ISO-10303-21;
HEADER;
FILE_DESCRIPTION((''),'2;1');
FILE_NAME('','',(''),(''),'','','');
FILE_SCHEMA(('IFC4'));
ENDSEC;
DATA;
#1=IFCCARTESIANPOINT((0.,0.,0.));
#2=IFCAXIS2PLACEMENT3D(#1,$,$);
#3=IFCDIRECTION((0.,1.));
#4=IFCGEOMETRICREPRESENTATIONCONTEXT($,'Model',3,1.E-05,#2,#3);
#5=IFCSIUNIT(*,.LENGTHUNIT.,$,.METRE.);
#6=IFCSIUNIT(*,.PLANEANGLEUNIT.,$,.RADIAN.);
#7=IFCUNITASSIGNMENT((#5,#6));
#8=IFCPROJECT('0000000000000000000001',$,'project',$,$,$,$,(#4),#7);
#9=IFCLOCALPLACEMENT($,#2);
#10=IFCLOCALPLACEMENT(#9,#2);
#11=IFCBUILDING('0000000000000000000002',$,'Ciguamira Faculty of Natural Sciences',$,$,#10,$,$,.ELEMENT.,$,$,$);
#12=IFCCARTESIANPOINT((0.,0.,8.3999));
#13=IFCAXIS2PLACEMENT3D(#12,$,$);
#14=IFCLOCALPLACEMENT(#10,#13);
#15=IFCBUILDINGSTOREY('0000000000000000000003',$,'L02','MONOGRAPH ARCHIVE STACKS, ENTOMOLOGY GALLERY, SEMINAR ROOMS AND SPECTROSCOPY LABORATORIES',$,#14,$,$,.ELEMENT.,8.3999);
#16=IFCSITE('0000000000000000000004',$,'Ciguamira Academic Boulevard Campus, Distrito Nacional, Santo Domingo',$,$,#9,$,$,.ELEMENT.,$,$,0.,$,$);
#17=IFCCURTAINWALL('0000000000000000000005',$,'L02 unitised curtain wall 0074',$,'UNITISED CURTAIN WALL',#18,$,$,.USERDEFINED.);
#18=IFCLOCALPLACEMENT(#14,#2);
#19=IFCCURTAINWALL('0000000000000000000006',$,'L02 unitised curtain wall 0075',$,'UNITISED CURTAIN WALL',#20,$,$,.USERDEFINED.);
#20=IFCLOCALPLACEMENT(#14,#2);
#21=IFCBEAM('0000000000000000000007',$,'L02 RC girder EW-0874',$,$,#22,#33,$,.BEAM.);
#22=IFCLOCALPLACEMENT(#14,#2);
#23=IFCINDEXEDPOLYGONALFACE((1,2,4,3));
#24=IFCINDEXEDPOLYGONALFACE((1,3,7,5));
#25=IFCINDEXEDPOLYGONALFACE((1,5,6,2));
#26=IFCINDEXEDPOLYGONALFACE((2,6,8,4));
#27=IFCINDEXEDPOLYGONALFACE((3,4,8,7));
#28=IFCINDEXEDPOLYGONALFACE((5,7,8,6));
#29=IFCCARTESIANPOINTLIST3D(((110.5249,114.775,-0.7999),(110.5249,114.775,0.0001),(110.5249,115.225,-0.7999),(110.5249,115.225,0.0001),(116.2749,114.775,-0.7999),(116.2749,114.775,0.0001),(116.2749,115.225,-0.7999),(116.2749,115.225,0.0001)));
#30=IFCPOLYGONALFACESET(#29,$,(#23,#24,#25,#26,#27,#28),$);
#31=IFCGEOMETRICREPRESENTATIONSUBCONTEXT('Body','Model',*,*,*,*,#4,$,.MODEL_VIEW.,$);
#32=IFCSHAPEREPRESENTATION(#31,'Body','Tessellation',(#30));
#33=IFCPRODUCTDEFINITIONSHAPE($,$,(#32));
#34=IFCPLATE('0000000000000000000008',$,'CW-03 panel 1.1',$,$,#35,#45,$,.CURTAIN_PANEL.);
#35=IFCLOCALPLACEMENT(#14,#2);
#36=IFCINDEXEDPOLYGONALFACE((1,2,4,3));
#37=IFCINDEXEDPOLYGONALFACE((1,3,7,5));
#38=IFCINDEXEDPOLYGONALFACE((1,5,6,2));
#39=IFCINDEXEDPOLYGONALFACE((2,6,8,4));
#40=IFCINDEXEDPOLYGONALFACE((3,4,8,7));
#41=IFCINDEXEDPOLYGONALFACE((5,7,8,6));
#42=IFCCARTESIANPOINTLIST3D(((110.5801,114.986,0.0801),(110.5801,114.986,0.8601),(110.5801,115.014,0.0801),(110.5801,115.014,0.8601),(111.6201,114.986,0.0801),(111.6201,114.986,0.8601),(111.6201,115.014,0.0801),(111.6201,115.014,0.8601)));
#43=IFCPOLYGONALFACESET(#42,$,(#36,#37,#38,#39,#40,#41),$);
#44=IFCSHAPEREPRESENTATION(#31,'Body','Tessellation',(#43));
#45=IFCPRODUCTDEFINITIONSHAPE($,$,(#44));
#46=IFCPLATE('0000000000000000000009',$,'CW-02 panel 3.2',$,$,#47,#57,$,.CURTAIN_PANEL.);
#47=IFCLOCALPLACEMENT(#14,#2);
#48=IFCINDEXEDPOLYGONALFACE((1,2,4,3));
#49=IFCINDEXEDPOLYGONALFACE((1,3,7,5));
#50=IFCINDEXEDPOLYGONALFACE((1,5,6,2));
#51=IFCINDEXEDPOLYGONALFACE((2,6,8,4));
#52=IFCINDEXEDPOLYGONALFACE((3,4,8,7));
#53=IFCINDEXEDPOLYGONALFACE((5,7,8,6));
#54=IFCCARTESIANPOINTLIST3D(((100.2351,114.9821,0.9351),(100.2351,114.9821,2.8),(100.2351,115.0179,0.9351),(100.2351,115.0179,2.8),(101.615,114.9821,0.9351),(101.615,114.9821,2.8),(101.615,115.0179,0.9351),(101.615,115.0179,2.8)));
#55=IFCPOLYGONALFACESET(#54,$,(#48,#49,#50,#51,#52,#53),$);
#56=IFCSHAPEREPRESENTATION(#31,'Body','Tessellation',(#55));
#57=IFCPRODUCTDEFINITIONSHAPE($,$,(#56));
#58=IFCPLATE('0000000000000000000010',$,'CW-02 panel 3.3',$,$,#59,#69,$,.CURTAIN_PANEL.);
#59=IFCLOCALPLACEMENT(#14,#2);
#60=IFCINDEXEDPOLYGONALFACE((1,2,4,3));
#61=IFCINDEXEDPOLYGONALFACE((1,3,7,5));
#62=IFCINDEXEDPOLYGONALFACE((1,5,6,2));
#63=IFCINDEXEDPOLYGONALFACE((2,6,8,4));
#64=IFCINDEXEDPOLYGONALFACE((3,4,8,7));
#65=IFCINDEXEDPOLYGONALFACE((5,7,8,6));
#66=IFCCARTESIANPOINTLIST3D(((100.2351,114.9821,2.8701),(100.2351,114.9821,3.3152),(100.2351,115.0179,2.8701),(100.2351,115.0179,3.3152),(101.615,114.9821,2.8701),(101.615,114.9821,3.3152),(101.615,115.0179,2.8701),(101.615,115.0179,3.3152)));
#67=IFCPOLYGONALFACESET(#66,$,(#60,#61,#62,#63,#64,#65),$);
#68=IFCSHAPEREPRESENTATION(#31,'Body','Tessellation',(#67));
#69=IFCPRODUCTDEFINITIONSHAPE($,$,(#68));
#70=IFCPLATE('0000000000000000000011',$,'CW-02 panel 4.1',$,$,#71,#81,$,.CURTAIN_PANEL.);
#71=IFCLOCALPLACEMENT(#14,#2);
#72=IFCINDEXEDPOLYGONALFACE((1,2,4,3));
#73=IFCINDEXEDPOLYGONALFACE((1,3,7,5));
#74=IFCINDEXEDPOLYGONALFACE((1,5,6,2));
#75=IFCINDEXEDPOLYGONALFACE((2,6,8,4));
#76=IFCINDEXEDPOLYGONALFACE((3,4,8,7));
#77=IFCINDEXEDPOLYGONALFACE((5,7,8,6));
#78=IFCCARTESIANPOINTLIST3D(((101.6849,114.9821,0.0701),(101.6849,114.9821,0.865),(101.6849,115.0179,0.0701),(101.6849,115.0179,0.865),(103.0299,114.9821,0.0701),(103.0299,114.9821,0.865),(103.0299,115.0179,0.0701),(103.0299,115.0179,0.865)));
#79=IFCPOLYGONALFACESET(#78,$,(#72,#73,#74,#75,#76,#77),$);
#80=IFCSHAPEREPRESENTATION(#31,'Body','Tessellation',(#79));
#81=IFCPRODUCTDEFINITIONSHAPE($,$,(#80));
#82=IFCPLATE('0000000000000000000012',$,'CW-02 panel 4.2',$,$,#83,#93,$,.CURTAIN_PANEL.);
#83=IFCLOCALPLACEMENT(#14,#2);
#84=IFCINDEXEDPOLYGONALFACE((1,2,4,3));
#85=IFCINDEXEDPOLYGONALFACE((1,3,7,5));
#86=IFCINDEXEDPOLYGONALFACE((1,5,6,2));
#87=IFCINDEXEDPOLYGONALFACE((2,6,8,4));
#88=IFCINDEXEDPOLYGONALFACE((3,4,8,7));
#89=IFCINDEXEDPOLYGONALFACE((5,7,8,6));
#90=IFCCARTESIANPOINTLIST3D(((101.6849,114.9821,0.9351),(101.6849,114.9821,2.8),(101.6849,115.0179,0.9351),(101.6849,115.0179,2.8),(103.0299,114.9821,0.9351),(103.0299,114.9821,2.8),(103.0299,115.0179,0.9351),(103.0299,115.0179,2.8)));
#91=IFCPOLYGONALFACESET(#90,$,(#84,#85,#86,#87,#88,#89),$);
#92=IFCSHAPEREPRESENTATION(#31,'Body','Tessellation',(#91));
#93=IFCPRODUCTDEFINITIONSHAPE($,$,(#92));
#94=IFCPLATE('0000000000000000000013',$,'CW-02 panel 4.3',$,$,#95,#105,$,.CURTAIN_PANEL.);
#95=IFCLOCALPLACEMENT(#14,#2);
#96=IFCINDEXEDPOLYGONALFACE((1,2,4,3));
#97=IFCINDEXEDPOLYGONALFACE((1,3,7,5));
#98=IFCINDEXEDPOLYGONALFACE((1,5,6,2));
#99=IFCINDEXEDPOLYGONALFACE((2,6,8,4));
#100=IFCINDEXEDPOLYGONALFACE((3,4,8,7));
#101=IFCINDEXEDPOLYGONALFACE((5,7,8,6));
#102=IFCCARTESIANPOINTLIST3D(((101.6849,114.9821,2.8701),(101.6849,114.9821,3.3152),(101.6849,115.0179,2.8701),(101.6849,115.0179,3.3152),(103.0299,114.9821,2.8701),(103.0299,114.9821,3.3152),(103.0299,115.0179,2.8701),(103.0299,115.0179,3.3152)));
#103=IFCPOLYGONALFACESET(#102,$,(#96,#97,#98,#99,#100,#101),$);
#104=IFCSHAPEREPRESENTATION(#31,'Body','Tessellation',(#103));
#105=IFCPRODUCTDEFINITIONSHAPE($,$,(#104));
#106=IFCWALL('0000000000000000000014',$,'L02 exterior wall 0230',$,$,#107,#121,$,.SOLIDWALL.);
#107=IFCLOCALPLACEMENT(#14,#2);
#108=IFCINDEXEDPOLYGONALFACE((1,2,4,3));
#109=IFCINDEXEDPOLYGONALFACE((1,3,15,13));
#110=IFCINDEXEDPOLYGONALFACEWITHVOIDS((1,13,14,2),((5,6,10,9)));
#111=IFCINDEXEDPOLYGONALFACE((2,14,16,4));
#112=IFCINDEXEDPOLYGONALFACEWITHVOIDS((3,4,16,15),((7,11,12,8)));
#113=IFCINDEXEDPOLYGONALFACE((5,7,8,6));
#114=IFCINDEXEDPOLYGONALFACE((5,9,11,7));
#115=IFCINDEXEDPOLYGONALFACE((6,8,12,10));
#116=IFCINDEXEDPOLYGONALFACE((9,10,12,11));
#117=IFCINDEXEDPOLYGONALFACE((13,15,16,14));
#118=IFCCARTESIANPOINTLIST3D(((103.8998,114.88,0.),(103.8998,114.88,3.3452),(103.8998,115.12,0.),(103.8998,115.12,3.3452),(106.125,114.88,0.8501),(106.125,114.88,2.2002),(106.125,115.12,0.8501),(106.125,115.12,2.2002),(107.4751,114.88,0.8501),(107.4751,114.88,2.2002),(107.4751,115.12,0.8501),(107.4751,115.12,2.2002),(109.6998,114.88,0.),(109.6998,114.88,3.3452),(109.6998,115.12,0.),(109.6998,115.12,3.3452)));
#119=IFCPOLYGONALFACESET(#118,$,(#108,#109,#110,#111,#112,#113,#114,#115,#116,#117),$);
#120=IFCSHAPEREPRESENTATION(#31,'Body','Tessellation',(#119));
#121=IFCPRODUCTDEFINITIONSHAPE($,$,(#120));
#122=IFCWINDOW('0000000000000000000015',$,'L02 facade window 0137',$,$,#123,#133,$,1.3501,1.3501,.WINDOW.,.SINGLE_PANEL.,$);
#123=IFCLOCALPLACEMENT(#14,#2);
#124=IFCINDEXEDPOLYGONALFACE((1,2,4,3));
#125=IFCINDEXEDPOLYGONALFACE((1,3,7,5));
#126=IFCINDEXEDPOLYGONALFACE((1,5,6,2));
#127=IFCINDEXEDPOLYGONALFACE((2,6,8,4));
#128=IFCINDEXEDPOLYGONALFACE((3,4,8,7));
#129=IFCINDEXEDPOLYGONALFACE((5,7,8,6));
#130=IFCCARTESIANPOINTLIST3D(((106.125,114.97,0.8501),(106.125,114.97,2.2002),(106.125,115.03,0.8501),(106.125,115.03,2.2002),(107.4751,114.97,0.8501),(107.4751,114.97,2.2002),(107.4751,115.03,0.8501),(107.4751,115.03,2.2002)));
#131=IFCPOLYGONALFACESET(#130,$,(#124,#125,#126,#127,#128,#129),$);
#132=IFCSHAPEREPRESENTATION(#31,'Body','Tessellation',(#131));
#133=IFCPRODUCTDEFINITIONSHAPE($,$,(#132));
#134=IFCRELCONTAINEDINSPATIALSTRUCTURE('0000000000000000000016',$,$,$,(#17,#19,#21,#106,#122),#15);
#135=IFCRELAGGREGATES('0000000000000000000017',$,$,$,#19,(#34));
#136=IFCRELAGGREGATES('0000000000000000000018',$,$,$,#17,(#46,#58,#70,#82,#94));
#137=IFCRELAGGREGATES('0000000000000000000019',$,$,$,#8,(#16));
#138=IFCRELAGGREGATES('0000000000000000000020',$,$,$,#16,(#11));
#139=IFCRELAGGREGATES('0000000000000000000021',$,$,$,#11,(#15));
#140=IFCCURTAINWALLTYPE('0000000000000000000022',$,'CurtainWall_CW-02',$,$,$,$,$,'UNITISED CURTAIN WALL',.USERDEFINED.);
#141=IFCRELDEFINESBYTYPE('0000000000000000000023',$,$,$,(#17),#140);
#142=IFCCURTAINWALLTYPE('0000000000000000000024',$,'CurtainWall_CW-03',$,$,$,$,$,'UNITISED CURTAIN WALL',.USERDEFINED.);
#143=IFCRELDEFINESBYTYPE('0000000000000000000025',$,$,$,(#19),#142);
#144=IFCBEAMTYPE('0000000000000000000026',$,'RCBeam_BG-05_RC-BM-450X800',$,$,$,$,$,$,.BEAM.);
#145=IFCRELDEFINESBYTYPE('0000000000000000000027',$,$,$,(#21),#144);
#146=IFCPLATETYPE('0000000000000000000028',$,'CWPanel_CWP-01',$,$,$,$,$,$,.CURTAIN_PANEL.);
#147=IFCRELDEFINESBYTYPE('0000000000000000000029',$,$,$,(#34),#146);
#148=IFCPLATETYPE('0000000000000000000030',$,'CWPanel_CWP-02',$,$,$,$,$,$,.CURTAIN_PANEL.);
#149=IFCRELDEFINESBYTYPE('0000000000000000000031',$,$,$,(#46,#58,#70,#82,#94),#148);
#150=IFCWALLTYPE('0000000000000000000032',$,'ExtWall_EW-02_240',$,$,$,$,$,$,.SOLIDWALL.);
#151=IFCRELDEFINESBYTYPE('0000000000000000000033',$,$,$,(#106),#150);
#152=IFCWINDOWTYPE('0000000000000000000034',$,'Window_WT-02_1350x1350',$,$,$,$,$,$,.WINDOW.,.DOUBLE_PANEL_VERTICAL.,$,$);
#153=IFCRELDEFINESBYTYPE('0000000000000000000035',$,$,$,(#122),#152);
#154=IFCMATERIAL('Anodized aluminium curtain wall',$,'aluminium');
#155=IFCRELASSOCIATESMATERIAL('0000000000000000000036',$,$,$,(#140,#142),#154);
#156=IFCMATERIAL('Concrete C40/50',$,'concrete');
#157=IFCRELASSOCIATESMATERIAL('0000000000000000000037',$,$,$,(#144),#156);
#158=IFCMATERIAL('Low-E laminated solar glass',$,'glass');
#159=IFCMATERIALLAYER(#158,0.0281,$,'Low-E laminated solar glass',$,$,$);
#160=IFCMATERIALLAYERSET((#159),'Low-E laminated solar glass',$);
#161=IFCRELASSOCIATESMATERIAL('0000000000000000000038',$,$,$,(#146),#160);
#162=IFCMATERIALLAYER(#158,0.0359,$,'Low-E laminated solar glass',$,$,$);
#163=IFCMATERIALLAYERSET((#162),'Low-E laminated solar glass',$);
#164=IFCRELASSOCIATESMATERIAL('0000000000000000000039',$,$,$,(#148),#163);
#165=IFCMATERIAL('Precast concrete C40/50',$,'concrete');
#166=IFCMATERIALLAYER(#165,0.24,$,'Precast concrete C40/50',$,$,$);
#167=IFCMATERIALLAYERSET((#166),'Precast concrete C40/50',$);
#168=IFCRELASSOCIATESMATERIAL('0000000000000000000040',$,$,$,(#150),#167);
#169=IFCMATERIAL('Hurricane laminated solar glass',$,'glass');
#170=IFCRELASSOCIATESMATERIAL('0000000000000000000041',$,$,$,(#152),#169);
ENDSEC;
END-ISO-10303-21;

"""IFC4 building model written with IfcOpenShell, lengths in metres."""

from ifc_helpers import new_model, si_unit, direction, frame, frame_2d, origin, origin_2d, place, context, subcontext, project, spatial, rectangle, extrude, material, layer, layer_set, material_profile, profile_set, type_object, element, fill, aggregate, save


model = new_model("IFC4")

# Units and contexts
model_context = context("Model", 3, precision=1e-05, world=origin(), true_north=direction((0.0, 1.0)))
body_context = subcontext(model_context, "Body", "Model", "MODEL_VIEW")
ifc_project = project(units=[si_unit("LENGTHUNIT", "METRE"), si_unit("PLANEANGLEUNIT", "RADIAN")], contexts=[model_context])

# Site, building, storey
site_placement = place(None, origin())
site = spatial("IfcSite", under=ifc_project, at=site_placement, Name="Ciguamira Academic Boulevard Campus, Distrito Nacional, Santo Domingo", CompositionType="ELEMENT", RefElevation=0.0)
building_placement = place(site_placement, origin())
building = spatial("IfcBuilding", under=site, at=building_placement, Name="Ciguamira Faculty of Natural Sciences", CompositionType="ELEMENT")
storey_placement = place(building_placement, frame((0.0, 0.0, 8.3999)))
storey = spatial("IfcBuildingStorey", under=building, at=storey_placement, Name="L02", Description="MONOGRAPH ARCHIVE STACKS, ENTOMOLOGY GALLERY, SEMINAR ROOMS AND SPECTROSCOPY LABORATORIES", CompositionType="ELEMENT", Elevation=8.3999)

# Curtain wall
ifc_material_1 = material(Name="Anodized aluminium curtain wall", Category="aluminium")
curtain_wall_type_1 = type_object("IfcCurtainWallType", Name="CurtainWall_CW-02", ElementType="UNITISED CURTAIN WALL", PredefinedType="USERDEFINED", material=ifc_material_1)
curtain_wall_1_placement = place(storey_placement, origin())
curtain_wall_1 = element("IfcCurtainWall", 1, at=curtain_wall_1_placement, inside=storey, type_object=curtain_wall_type_1, Name="L02 unitised curtain wall 0074", ObjectType="UNITISED CURTAIN WALL", PredefinedType="USERDEFINED")

# Curtain wall
curtain_wall_type_2 = type_object("IfcCurtainWallType", Name="CurtainWall_CW-03", ElementType="UNITISED CURTAIN WALL", PredefinedType="USERDEFINED", material=ifc_material_1)
curtain_wall_2_placement = place(storey_placement, origin())
curtain_wall_2 = element("IfcCurtainWall", 2, at=curtain_wall_2_placement, inside=storey, type_object=curtain_wall_type_2, Name="L02 unitised curtain wall 0075", ObjectType="UNITISED CURTAIN WALL", PredefinedType="USERDEFINED")

# Beam
ifc_material_2 = material(Name="Concrete C40/50", Category="concrete")
ifc_material_profile_1 = material_profile(ifc_material_2, rectangle(XDim=0.45, YDim=0.8, at=origin_2d()), Name="RC-BM-450X800")
ifc_profile_set_1 = profile_set([ifc_material_profile_1], Name="Concrete C40/50")
beam_type = type_object("IfcBeamType", Name="RCBeam_BG-05_RC-BM-450X800", PredefinedType="BEAM", material=ifc_profile_set_1)
for number, where, z_axis, x_axis, name in (
    (3, (110.5249, 115.0, -0.3999), (1.0, 0.0, 0.0), (0.0, 1.0, 0.0), "L02 RC girder EW-0874"),
):
    element("IfcBeam", number, at=place(storey_placement, frame(where, z_axis=z_axis, x_axis=x_axis)), inside=storey, type_object=beam_type, Name=name, PredefinedType="BEAM", context=body_context, shape_type="SweptSolid", body=[
        extrude(rectangle(XDim=0.45, YDim=0.8, at=origin_2d()), origin(), (0.0, 0.0, 1.0), 5.75),
    ])

# Plates
ifc_material_3 = material(Name="Low-E laminated solar glass", Category="glass")
ifc_layer_1 = layer(ifc_material_3, 0.0281, Name="Low-E laminated solar glass")
ifc_layer_set_1 = layer_set([ifc_layer_1], Name="Low-E laminated solar glass")
plate_type_1 = type_object("IfcPlateType", Name="CWPanel_CWP-01", PredefinedType="CURTAIN_PANEL", material=ifc_layer_set_1)
plate_1_placement = place(storey_placement, frame((111.1001, 115.0, 0.0801), z_axis=(0.0, 0.0, 1.0), x_axis=(1.0, 0.0, 0.0)))
plate_1 = element("IfcPlate", 4, at=plate_1_placement, type_object=plate_type_1, Name="CW-03 panel 1.1", PredefinedType="CURTAIN_PANEL", context=body_context, shape_type="SweptSolid", body=[
    extrude(rectangle(XDim=1.04, YDim=0.0281, at=origin_2d()), origin(), (0.0, 0.0, 1.0), 0.78),
])
aggregate(curtain_wall_2, [plate_1])
ifc_layer_2 = layer(ifc_material_3, 0.0359, Name="Low-E laminated solar glass")
ifc_layer_set_2 = layer_set([ifc_layer_2], Name="Low-E laminated solar glass")
plate_type_2 = type_object("IfcPlateType", Name="CWPanel_CWP-02", PredefinedType="CURTAIN_PANEL", material=ifc_layer_set_2)
plate_2_placement = place(storey_placement, frame((100.925, 115.0, 0.9351), z_axis=(0.0, 0.0, 1.0), x_axis=(1.0, 0.0, 0.0)))
plate_2 = element("IfcPlate", 5, at=plate_2_placement, type_object=plate_type_2, Name="CW-02 panel 3.2", PredefinedType="CURTAIN_PANEL", context=body_context, shape_type="SweptSolid", body=[
    extrude(rectangle(XDim=1.3799, YDim=0.0359, at=origin_2d()), origin(), (0.0, 0.0, 1.0), 1.865),
])
plate_3_placement = place(storey_placement, frame((100.925, 115.0, 2.8701), z_axis=(0.0, 0.0, 1.0), x_axis=(1.0, 0.0, 0.0)))
plate_3 = element("IfcPlate", 6, at=plate_3_placement, type_object=plate_type_2, Name="CW-02 panel 3.3", PredefinedType="CURTAIN_PANEL", context=body_context, shape_type="SweptSolid", body=[
    extrude(rectangle(XDim=1.3799, YDim=0.0359, at=origin_2d()), origin(), (0.0, 0.0, 1.0), 0.4451),
])
plate_4_placement = place(storey_placement, frame((102.3574, 115.0, 0.0701), z_axis=(0.0, 0.0, 1.0), x_axis=(1.0, 0.0, 0.0)))
plate_4 = element("IfcPlate", 7, at=plate_4_placement, type_object=plate_type_2, Name="CW-02 panel 4.1", PredefinedType="CURTAIN_PANEL", context=body_context, shape_type="SweptSolid", body=[
    extrude(rectangle(XDim=1.345, YDim=0.0359, at=origin_2d()), origin(), (0.0, 0.0, 1.0), 0.7949),
])
plate_5_placement = place(storey_placement, frame((102.3574, 115.0, 0.9351), z_axis=(0.0, 0.0, 1.0), x_axis=(1.0, 0.0, 0.0)))
plate_5 = element("IfcPlate", 8, at=plate_5_placement, type_object=plate_type_2, Name="CW-02 panel 4.2", PredefinedType="CURTAIN_PANEL", context=body_context, shape_type="SweptSolid", body=[
    extrude(rectangle(XDim=1.345, YDim=0.0359, at=origin_2d()), origin(), (0.0, 0.0, 1.0), 1.865),
])
plate_6_placement = place(storey_placement, frame((102.3574, 115.0, 2.8701), z_axis=(0.0, 0.0, 1.0), x_axis=(1.0, 0.0, 0.0)))
plate_6 = element("IfcPlate", 9, at=plate_6_placement, type_object=plate_type_2, Name="CW-02 panel 4.3", PredefinedType="CURTAIN_PANEL", context=body_context, shape_type="SweptSolid", body=[
    extrude(rectangle(XDim=1.345, YDim=0.0359, at=origin_2d()), origin(), (0.0, 0.0, 1.0), 0.4451),
])
aggregate(curtain_wall_1, [plate_2, plate_3, plate_4, plate_5, plate_6])

# Wall, opening, window
ifc_material_4 = material(Name="Precast concrete C40/50", Category="concrete")
ifc_layer_3 = layer(ifc_material_4, 0.24, Name="Precast concrete C40/50")
ifc_layer_set_3 = layer_set([ifc_layer_3], Name="Precast concrete C40/50")
wall_type = type_object("IfcWallType", Name="ExtWall_EW-02_240", PredefinedType="SOLIDWALL", material=ifc_layer_set_3)
wall_placement = place(storey_placement, frame((103.8999, 115.0, 0.0), z_axis=(0.0, 0.0, 1.0), x_axis=(1.0, 0.0, 0.0)))
wall = element("IfcWall", 10, at=wall_placement, inside=storey, type_object=wall_type, Name="L02 exterior wall 0230", PredefinedType="SOLIDWALL", context=body_context, shape_type="SweptSolid", body=[
    extrude(rectangle(XDim=5.8, YDim=0.24, at=frame_2d((2.8999, 0.0))), origin(), (0.0, 0.0, 1.0), 3.3452),
])
opening_placement = place(wall_placement, frame((2.2251, 0.0, 0.8501)))
opening = element("IfcOpeningElement", 11, at=opening_placement, cuts=wall, PredefinedType="OPENING", context=body_context, shape_type="SweptSolid", body=[
    extrude(rectangle(XDim=1.3501, YDim=1.3501, at=frame_2d((0.675, 0.675))), frame((0.0, 0.1299, 0.0), z_axis=(0.0, -1.0, 0.0), x_axis=(1.0, 0.0, 0.0)), (0.0, 0.0, 1.0), 0.26),
])
ifc_material_5 = material(Name="Hurricane laminated solar glass", Category="glass")
window_type = type_object("IfcWindowType", Name="Window_WT-02_1350x1350", PartitioningType="DOUBLE_PANEL_VERTICAL", PredefinedType="WINDOW", material=ifc_material_5)
window_placement = place(opening_placement, origin())
window = element("IfcWindow", 12, at=window_placement, inside=storey, type_object=window_type, Name="L02 facade window 0137", OverallHeight=1.3501, OverallWidth=1.3501, PartitioningType="SINGLE_PANEL", PredefinedType="WINDOW", context=body_context, shape_type="SweptSolid", body=[
    extrude(rectangle(XDim=1.3501, YDim=1.3501, at=frame_2d((0.675, 0.675))), frame((0.0, 0.03, 0.0), z_axis=(0.0, -1.0, 0.0), x_axis=(1.0, 0.0, 0.0)), (0.0, 0.0, 1.0), 0.0601),
])
fill(opening, window)

save(model, "model.ifc")
